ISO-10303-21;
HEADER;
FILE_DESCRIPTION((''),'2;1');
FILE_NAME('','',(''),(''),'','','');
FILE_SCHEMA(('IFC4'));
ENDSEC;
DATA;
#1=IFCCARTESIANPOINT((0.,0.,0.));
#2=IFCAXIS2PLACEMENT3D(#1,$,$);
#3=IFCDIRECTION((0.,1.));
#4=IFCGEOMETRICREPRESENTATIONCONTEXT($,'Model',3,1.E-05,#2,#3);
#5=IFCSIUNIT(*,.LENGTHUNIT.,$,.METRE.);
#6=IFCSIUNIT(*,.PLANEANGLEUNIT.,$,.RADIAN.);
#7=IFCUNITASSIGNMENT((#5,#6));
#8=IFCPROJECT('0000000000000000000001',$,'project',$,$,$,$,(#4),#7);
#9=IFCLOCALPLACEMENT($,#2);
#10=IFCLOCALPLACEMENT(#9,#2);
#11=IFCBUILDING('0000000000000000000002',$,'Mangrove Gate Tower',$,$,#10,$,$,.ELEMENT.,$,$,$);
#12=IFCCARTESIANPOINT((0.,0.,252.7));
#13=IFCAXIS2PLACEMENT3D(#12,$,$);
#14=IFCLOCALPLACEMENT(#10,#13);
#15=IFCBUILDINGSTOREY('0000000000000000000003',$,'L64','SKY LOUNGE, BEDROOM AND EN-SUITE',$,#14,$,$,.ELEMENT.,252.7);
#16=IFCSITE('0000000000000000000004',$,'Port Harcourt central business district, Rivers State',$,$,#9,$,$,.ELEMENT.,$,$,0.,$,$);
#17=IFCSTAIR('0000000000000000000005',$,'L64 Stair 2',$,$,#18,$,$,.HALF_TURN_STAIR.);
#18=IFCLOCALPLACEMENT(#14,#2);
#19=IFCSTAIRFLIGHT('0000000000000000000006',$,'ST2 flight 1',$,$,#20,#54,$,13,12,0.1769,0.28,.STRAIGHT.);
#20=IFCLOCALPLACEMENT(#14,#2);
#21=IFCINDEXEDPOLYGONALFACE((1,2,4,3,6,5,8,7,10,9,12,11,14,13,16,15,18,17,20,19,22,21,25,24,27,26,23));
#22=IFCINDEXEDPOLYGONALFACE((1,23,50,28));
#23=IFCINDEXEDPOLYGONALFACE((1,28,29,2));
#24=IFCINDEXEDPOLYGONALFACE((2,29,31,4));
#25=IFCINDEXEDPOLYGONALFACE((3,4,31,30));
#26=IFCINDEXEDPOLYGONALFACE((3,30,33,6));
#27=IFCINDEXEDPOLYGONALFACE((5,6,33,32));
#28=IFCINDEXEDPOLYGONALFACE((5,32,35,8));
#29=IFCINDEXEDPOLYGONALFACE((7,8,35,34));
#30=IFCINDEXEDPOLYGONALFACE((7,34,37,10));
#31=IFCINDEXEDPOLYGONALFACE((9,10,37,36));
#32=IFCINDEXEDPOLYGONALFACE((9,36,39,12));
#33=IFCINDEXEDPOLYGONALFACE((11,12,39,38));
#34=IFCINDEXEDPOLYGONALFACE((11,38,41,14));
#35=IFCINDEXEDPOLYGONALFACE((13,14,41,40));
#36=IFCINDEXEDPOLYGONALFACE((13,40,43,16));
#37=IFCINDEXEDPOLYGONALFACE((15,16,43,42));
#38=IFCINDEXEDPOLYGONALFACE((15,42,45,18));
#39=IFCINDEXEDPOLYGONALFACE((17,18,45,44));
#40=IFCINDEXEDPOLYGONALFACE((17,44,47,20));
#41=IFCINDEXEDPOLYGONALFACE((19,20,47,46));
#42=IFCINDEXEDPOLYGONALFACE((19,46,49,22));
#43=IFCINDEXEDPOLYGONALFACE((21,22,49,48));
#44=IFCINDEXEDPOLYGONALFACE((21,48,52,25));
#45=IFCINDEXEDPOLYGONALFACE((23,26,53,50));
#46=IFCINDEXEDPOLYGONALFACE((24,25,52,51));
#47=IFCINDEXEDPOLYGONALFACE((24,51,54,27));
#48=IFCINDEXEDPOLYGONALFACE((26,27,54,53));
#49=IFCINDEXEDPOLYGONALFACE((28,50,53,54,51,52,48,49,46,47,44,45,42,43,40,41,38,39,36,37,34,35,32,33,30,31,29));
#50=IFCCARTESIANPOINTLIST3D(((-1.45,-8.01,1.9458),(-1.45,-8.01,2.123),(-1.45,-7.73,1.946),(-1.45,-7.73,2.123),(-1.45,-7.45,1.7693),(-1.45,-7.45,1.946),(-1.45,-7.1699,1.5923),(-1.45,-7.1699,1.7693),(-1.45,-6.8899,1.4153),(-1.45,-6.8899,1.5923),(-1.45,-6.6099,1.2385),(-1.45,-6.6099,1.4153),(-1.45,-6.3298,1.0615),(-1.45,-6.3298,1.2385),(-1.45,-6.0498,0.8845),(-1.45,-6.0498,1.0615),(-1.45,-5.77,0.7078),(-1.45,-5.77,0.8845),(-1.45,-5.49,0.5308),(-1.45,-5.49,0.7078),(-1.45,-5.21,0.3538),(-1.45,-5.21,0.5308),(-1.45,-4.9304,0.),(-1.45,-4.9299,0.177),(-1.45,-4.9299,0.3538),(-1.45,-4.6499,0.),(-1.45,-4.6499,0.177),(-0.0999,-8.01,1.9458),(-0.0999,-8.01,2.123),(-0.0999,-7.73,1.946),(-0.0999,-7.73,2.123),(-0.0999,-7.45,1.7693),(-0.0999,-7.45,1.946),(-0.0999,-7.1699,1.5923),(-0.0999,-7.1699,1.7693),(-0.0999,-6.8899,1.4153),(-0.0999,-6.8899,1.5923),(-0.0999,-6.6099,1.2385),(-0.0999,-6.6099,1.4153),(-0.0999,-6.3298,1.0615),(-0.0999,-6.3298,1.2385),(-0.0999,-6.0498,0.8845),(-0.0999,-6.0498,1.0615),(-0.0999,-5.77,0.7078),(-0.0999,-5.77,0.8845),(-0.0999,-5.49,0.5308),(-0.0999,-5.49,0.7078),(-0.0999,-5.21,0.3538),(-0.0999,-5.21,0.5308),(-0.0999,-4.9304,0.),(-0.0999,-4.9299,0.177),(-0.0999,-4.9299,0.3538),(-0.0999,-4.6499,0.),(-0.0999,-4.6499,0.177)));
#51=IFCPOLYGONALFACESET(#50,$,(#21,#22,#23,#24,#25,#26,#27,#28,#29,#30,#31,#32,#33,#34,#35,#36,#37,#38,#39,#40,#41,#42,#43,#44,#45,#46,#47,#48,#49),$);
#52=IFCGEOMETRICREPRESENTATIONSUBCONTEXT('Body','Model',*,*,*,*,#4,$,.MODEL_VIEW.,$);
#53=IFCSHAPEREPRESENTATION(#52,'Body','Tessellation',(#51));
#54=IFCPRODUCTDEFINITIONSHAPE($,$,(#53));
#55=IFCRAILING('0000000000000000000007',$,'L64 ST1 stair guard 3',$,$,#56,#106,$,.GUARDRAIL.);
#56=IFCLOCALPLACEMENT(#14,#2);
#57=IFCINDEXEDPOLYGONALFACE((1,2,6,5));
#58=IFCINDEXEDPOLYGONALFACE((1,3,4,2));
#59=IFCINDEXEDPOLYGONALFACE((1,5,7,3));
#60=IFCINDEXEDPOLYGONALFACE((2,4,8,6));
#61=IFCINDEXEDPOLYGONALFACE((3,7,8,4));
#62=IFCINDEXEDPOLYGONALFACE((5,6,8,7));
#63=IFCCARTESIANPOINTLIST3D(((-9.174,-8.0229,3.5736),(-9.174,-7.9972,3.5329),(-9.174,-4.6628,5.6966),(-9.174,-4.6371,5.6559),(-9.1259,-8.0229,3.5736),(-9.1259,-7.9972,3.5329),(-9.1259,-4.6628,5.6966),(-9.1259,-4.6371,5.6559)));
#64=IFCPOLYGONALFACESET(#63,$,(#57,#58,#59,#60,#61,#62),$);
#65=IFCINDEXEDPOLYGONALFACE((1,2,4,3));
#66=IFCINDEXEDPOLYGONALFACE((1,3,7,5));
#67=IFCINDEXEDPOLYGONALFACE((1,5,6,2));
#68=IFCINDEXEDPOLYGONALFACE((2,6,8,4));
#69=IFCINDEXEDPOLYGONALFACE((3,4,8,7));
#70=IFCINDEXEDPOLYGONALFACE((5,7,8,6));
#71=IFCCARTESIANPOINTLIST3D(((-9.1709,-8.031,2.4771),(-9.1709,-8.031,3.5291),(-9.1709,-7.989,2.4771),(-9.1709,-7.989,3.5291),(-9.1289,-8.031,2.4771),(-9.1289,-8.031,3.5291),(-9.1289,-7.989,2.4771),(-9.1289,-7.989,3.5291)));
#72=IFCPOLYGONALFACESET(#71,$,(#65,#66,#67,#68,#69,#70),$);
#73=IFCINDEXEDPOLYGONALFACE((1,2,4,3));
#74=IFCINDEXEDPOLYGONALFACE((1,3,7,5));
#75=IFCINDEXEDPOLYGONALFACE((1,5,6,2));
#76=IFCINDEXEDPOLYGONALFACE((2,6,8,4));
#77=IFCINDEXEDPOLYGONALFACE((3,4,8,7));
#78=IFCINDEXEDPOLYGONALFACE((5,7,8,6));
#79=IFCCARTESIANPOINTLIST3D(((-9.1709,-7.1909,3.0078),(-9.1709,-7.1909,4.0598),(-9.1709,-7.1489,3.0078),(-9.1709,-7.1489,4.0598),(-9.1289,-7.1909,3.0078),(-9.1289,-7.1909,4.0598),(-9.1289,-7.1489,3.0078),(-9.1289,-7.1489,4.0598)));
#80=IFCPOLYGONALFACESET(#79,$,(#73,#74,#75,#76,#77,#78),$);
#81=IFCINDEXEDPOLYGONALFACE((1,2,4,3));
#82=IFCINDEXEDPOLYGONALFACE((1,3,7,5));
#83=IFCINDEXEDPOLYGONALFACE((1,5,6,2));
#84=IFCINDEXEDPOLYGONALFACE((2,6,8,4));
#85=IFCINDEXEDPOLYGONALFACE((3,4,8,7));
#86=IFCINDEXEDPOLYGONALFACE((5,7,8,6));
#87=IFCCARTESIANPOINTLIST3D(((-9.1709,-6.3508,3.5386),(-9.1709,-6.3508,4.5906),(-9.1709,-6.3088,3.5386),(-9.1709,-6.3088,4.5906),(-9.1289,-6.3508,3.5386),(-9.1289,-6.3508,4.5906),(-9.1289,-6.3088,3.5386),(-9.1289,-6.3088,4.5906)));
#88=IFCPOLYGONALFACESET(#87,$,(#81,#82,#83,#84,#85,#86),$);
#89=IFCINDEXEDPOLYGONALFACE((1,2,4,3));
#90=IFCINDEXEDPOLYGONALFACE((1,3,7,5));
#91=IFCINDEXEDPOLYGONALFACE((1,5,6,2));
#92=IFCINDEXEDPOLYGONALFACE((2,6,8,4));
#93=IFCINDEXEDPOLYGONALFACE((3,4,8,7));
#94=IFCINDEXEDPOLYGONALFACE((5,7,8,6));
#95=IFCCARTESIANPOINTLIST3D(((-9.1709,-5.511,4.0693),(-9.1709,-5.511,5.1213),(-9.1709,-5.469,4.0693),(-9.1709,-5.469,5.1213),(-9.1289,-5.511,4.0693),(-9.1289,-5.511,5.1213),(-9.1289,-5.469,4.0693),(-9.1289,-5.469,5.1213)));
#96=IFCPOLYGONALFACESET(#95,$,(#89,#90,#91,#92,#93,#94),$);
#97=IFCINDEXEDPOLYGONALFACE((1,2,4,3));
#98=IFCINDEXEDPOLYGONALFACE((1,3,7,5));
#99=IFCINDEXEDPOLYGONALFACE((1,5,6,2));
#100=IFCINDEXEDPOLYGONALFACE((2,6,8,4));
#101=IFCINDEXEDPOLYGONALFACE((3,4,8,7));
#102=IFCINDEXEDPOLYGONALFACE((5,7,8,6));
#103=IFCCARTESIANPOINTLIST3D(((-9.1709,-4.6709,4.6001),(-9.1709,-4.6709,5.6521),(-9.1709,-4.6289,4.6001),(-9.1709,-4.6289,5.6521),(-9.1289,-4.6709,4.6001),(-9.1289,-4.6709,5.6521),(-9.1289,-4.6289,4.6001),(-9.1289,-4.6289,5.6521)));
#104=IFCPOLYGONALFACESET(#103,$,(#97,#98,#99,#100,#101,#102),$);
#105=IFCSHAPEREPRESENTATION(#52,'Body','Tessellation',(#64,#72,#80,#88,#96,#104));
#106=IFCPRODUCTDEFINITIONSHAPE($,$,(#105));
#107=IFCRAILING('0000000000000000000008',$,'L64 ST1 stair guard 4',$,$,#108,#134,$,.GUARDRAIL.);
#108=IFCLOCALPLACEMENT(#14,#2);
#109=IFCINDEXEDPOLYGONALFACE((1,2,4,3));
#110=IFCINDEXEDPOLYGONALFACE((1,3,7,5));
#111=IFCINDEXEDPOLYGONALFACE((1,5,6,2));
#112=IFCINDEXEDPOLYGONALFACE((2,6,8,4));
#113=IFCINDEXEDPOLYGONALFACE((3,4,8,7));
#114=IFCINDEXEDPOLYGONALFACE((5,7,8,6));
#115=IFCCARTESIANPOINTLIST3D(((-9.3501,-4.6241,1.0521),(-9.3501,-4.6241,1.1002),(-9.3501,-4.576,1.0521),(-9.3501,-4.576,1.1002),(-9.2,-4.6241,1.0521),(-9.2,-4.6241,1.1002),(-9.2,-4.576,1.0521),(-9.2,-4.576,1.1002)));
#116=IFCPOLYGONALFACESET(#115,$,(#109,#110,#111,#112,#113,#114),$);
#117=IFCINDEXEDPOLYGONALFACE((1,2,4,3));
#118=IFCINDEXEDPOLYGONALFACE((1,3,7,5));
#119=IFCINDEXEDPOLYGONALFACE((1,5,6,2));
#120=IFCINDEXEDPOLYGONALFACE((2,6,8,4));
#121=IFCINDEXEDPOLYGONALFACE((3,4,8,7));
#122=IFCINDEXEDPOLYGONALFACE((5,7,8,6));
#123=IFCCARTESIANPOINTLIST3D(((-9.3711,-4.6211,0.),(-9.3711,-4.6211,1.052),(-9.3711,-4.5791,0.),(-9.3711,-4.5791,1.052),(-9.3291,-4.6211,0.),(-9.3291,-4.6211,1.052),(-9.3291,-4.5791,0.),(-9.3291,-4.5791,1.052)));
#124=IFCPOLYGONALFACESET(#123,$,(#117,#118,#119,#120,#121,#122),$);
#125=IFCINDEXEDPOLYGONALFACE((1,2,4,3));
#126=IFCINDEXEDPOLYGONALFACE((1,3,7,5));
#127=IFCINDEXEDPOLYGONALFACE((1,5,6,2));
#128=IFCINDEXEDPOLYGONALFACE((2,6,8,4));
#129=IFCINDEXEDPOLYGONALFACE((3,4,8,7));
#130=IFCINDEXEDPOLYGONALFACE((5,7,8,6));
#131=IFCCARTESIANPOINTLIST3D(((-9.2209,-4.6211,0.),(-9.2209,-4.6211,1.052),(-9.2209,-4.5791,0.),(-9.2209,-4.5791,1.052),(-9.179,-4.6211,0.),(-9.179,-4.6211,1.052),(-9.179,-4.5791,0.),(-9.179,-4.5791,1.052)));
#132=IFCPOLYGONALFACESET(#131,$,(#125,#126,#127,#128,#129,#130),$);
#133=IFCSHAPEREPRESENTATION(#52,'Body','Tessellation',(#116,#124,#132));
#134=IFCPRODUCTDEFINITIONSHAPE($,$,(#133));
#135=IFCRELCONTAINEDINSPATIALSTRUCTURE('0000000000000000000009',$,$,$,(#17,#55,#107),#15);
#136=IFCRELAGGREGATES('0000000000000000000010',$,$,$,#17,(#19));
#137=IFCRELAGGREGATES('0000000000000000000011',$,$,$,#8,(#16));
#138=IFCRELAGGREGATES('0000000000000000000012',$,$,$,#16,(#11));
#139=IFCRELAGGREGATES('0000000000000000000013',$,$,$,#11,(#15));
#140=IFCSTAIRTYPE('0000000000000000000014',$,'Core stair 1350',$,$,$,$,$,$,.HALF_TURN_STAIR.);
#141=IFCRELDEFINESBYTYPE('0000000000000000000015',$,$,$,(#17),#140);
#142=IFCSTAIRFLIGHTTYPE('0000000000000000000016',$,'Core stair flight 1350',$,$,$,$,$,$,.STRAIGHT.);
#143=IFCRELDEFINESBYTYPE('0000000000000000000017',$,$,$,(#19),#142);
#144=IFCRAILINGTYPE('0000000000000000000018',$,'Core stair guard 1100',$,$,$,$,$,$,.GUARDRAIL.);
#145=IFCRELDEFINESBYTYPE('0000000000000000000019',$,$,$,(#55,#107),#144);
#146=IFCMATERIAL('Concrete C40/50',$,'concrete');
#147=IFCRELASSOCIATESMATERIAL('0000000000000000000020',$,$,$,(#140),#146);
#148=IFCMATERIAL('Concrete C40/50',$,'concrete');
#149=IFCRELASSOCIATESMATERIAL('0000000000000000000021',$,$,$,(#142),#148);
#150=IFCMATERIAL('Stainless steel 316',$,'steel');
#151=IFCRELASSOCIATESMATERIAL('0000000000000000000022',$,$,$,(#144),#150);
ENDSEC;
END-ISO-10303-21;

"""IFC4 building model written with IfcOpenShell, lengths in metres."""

from ifc_helpers import new_model, si_unit, direction, frame, origin, origin_2d, place, context, subcontext, project, spatial, polyline, rectangle, outline, extrude, material, type_object, element, aggregate, save


model = new_model("IFC4")

# Units and contexts
model_context = context("Model", 3, precision=1e-05, world=origin(), true_north=direction((0.0, 1.0)))
body_context = subcontext(model_context, "Body", "Model", "MODEL_VIEW")
ifc_project = project(units=[si_unit("LENGTHUNIT", "METRE"), si_unit("PLANEANGLEUNIT", "RADIAN")], contexts=[model_context])

# Site, building, storey
site_placement = place(None, origin())
site = spatial("IfcSite", under=ifc_project, at=site_placement, Name="Port Harcourt central business district, Rivers State", CompositionType="ELEMENT", RefElevation=0.0)
building_placement = place(site_placement, origin())
building = spatial("IfcBuilding", under=site, at=building_placement, Name="Mangrove Gate Tower", CompositionType="ELEMENT")
storey_placement = place(building_placement, frame((0.0, 0.0, 252.7)))
storey = spatial("IfcBuildingStorey", under=building, at=storey_placement, Name="L64", Description="SKY LOUNGE, BEDROOM AND EN-SUITE", CompositionType="ELEMENT", Elevation=252.7)

# Stair, stair flight
ifc_material_1 = material(Name="Concrete C40/50", Category="concrete")
stair_type = type_object("IfcStairType", Name="Core stair 1350", PredefinedType="HALF_TURN_STAIR", material=ifc_material_1)
ifc_material_2 = material(Name="Concrete C40/50", Category="concrete")
stair_flight_type = type_object("IfcStairFlightType", Name="Core stair flight 1350", PredefinedType="STRAIGHT", material=ifc_material_2)
stair_1_placement = place(storey_placement, origin())
stair_1 = element("IfcStair", 1, at=stair_1_placement, inside=storey, type_object=stair_type, Name="L64 Stair 2", PredefinedType="HALF_TURN_STAIR")
stair_flight_1_placement = place(storey_placement, frame((-0.7749, -4.6499, 0.0), z_axis=(0.0, 0.0, 1.0), x_axis=(0.0, -1.0, 0.0)))
stair_flight_1 = element("IfcStairFlight", 2, at=stair_flight_1_placement, type_object=stair_flight_type, Name="ST2 flight 1", NumberOfRisers=13, NumberOfTreads=12, PredefinedType="STRAIGHT", RiserHeight=0.1769, TreadLength=0.28, context=body_context, shape_type="SweptSolid", body=[
    extrude(outline(polyline([(0.0, 0.0), (0.0, 0.177), (0.28, 0.177), (0.28, 0.3538), (0.5601, 0.3538), (0.5601, 0.5308), (0.8401, 0.5308), (0.8401, 0.7078), (1.1201, 0.7078), (1.1201, 0.8845), (1.3999, 0.8845), (1.3999, 1.0615), (1.6799, 1.0615), (1.6799, 1.2385), (1.96, 1.2385), (1.96, 1.4153), (2.24, 1.4153), (2.24, 1.5923), (2.52, 1.5923), (2.52, 1.7693), (2.8, 1.7693), (2.8, 1.946), (3.0801, 1.946), (3.0801, 2.123), (3.3601, 2.123), (3.3601, 2.3), (3.3601, 1.9458), (0.2805, 0.0), (0.0, 0.0)])), frame((0.0, 0.675, 0.0), z_axis=(0.0, -1.0, 0.0), x_axis=(1.0, 0.0, 0.0)), (0.0, 0.0, 1.0), 1.3501),
])
aggregate(stair_1, [stair_flight_1])

# Railings
ifc_material_3 = material(Name="Stainless steel 316", Category="steel")
railing_type_1 = type_object("IfcRailingType", Name="Core stair guard 1100", PredefinedType="GUARDRAIL", material=ifc_material_3)
railing_1_placement = place(storey_placement, frame((-9.1499, -8.01, 2.4771)))
element("IfcRailing", 3, at=railing_1_placement, inside=storey, type_object=railing_type_1, Name="L64 ST1 stair guard 3", PredefinedType="GUARDRAIL", context=body_context, shape_type="SweptSolid", body=[
    extrude(rectangle(XDim=0.0481, YDim=0.0481, at=origin_2d()), frame((0.0, 0.0, 1.0762), z_axis=(0.0, 0.84539, 0.53415), x_axis=(-1.0, 0.0, 0.0)), (0.0, 0.0, 1.0), 3.9746),
    extrude(rectangle(XDim=0.042, YDim=0.042, at=origin_2d()), origin(), (0.0, 0.0, 1.0), 1.052),
    extrude(rectangle(XDim=0.042, YDim=0.042, at=origin_2d()), frame((0.0, 0.8401, 0.5308)), (0.0, 0.0, 1.0), 1.052),
    extrude(rectangle(XDim=0.042, YDim=0.042, at=origin_2d()), frame((0.0, 1.6802, 1.0615)), (0.0, 0.0, 1.0), 1.052),
    extrude(rectangle(XDim=0.042, YDim=0.042, at=origin_2d()), frame((0.0, 2.52, 1.5923)), (0.0, 0.0, 1.0), 1.052),
    extrude(rectangle(XDim=0.042, YDim=0.042, at=origin_2d()), frame((0.0, 3.3601, 2.123)), (0.0, 0.0, 1.0), 1.052),
])
railing_2_placement = place(storey_placement, frame((-9.3501, -4.6001, 0.0)))
element("IfcRailing", 4, at=railing_2_placement, inside=storey, type_object=railing_type_1, Name="L64 ST1 stair guard 4", PredefinedType="GUARDRAIL", context=body_context, shape_type="SweptSolid", body=[
    extrude(rectangle(XDim=0.0481, YDim=0.0481, at=origin_2d()), frame((0.0, 0.0, 1.0762), z_axis=(1.0, 0.0, 0.0), x_axis=(0.0, 1.0, 0.0)), (0.0, 0.0, 1.0), 0.1501),
    extrude(rectangle(XDim=0.042, YDim=0.042, at=origin_2d()), origin(), (0.0, 0.0, 1.0), 1.052),
    extrude(rectangle(XDim=0.042, YDim=0.042, at=origin_2d()), frame((0.1501, 0.0, 0.0)), (0.0, 0.0, 1.0), 1.052),
])

save(model, "model.ifc")
